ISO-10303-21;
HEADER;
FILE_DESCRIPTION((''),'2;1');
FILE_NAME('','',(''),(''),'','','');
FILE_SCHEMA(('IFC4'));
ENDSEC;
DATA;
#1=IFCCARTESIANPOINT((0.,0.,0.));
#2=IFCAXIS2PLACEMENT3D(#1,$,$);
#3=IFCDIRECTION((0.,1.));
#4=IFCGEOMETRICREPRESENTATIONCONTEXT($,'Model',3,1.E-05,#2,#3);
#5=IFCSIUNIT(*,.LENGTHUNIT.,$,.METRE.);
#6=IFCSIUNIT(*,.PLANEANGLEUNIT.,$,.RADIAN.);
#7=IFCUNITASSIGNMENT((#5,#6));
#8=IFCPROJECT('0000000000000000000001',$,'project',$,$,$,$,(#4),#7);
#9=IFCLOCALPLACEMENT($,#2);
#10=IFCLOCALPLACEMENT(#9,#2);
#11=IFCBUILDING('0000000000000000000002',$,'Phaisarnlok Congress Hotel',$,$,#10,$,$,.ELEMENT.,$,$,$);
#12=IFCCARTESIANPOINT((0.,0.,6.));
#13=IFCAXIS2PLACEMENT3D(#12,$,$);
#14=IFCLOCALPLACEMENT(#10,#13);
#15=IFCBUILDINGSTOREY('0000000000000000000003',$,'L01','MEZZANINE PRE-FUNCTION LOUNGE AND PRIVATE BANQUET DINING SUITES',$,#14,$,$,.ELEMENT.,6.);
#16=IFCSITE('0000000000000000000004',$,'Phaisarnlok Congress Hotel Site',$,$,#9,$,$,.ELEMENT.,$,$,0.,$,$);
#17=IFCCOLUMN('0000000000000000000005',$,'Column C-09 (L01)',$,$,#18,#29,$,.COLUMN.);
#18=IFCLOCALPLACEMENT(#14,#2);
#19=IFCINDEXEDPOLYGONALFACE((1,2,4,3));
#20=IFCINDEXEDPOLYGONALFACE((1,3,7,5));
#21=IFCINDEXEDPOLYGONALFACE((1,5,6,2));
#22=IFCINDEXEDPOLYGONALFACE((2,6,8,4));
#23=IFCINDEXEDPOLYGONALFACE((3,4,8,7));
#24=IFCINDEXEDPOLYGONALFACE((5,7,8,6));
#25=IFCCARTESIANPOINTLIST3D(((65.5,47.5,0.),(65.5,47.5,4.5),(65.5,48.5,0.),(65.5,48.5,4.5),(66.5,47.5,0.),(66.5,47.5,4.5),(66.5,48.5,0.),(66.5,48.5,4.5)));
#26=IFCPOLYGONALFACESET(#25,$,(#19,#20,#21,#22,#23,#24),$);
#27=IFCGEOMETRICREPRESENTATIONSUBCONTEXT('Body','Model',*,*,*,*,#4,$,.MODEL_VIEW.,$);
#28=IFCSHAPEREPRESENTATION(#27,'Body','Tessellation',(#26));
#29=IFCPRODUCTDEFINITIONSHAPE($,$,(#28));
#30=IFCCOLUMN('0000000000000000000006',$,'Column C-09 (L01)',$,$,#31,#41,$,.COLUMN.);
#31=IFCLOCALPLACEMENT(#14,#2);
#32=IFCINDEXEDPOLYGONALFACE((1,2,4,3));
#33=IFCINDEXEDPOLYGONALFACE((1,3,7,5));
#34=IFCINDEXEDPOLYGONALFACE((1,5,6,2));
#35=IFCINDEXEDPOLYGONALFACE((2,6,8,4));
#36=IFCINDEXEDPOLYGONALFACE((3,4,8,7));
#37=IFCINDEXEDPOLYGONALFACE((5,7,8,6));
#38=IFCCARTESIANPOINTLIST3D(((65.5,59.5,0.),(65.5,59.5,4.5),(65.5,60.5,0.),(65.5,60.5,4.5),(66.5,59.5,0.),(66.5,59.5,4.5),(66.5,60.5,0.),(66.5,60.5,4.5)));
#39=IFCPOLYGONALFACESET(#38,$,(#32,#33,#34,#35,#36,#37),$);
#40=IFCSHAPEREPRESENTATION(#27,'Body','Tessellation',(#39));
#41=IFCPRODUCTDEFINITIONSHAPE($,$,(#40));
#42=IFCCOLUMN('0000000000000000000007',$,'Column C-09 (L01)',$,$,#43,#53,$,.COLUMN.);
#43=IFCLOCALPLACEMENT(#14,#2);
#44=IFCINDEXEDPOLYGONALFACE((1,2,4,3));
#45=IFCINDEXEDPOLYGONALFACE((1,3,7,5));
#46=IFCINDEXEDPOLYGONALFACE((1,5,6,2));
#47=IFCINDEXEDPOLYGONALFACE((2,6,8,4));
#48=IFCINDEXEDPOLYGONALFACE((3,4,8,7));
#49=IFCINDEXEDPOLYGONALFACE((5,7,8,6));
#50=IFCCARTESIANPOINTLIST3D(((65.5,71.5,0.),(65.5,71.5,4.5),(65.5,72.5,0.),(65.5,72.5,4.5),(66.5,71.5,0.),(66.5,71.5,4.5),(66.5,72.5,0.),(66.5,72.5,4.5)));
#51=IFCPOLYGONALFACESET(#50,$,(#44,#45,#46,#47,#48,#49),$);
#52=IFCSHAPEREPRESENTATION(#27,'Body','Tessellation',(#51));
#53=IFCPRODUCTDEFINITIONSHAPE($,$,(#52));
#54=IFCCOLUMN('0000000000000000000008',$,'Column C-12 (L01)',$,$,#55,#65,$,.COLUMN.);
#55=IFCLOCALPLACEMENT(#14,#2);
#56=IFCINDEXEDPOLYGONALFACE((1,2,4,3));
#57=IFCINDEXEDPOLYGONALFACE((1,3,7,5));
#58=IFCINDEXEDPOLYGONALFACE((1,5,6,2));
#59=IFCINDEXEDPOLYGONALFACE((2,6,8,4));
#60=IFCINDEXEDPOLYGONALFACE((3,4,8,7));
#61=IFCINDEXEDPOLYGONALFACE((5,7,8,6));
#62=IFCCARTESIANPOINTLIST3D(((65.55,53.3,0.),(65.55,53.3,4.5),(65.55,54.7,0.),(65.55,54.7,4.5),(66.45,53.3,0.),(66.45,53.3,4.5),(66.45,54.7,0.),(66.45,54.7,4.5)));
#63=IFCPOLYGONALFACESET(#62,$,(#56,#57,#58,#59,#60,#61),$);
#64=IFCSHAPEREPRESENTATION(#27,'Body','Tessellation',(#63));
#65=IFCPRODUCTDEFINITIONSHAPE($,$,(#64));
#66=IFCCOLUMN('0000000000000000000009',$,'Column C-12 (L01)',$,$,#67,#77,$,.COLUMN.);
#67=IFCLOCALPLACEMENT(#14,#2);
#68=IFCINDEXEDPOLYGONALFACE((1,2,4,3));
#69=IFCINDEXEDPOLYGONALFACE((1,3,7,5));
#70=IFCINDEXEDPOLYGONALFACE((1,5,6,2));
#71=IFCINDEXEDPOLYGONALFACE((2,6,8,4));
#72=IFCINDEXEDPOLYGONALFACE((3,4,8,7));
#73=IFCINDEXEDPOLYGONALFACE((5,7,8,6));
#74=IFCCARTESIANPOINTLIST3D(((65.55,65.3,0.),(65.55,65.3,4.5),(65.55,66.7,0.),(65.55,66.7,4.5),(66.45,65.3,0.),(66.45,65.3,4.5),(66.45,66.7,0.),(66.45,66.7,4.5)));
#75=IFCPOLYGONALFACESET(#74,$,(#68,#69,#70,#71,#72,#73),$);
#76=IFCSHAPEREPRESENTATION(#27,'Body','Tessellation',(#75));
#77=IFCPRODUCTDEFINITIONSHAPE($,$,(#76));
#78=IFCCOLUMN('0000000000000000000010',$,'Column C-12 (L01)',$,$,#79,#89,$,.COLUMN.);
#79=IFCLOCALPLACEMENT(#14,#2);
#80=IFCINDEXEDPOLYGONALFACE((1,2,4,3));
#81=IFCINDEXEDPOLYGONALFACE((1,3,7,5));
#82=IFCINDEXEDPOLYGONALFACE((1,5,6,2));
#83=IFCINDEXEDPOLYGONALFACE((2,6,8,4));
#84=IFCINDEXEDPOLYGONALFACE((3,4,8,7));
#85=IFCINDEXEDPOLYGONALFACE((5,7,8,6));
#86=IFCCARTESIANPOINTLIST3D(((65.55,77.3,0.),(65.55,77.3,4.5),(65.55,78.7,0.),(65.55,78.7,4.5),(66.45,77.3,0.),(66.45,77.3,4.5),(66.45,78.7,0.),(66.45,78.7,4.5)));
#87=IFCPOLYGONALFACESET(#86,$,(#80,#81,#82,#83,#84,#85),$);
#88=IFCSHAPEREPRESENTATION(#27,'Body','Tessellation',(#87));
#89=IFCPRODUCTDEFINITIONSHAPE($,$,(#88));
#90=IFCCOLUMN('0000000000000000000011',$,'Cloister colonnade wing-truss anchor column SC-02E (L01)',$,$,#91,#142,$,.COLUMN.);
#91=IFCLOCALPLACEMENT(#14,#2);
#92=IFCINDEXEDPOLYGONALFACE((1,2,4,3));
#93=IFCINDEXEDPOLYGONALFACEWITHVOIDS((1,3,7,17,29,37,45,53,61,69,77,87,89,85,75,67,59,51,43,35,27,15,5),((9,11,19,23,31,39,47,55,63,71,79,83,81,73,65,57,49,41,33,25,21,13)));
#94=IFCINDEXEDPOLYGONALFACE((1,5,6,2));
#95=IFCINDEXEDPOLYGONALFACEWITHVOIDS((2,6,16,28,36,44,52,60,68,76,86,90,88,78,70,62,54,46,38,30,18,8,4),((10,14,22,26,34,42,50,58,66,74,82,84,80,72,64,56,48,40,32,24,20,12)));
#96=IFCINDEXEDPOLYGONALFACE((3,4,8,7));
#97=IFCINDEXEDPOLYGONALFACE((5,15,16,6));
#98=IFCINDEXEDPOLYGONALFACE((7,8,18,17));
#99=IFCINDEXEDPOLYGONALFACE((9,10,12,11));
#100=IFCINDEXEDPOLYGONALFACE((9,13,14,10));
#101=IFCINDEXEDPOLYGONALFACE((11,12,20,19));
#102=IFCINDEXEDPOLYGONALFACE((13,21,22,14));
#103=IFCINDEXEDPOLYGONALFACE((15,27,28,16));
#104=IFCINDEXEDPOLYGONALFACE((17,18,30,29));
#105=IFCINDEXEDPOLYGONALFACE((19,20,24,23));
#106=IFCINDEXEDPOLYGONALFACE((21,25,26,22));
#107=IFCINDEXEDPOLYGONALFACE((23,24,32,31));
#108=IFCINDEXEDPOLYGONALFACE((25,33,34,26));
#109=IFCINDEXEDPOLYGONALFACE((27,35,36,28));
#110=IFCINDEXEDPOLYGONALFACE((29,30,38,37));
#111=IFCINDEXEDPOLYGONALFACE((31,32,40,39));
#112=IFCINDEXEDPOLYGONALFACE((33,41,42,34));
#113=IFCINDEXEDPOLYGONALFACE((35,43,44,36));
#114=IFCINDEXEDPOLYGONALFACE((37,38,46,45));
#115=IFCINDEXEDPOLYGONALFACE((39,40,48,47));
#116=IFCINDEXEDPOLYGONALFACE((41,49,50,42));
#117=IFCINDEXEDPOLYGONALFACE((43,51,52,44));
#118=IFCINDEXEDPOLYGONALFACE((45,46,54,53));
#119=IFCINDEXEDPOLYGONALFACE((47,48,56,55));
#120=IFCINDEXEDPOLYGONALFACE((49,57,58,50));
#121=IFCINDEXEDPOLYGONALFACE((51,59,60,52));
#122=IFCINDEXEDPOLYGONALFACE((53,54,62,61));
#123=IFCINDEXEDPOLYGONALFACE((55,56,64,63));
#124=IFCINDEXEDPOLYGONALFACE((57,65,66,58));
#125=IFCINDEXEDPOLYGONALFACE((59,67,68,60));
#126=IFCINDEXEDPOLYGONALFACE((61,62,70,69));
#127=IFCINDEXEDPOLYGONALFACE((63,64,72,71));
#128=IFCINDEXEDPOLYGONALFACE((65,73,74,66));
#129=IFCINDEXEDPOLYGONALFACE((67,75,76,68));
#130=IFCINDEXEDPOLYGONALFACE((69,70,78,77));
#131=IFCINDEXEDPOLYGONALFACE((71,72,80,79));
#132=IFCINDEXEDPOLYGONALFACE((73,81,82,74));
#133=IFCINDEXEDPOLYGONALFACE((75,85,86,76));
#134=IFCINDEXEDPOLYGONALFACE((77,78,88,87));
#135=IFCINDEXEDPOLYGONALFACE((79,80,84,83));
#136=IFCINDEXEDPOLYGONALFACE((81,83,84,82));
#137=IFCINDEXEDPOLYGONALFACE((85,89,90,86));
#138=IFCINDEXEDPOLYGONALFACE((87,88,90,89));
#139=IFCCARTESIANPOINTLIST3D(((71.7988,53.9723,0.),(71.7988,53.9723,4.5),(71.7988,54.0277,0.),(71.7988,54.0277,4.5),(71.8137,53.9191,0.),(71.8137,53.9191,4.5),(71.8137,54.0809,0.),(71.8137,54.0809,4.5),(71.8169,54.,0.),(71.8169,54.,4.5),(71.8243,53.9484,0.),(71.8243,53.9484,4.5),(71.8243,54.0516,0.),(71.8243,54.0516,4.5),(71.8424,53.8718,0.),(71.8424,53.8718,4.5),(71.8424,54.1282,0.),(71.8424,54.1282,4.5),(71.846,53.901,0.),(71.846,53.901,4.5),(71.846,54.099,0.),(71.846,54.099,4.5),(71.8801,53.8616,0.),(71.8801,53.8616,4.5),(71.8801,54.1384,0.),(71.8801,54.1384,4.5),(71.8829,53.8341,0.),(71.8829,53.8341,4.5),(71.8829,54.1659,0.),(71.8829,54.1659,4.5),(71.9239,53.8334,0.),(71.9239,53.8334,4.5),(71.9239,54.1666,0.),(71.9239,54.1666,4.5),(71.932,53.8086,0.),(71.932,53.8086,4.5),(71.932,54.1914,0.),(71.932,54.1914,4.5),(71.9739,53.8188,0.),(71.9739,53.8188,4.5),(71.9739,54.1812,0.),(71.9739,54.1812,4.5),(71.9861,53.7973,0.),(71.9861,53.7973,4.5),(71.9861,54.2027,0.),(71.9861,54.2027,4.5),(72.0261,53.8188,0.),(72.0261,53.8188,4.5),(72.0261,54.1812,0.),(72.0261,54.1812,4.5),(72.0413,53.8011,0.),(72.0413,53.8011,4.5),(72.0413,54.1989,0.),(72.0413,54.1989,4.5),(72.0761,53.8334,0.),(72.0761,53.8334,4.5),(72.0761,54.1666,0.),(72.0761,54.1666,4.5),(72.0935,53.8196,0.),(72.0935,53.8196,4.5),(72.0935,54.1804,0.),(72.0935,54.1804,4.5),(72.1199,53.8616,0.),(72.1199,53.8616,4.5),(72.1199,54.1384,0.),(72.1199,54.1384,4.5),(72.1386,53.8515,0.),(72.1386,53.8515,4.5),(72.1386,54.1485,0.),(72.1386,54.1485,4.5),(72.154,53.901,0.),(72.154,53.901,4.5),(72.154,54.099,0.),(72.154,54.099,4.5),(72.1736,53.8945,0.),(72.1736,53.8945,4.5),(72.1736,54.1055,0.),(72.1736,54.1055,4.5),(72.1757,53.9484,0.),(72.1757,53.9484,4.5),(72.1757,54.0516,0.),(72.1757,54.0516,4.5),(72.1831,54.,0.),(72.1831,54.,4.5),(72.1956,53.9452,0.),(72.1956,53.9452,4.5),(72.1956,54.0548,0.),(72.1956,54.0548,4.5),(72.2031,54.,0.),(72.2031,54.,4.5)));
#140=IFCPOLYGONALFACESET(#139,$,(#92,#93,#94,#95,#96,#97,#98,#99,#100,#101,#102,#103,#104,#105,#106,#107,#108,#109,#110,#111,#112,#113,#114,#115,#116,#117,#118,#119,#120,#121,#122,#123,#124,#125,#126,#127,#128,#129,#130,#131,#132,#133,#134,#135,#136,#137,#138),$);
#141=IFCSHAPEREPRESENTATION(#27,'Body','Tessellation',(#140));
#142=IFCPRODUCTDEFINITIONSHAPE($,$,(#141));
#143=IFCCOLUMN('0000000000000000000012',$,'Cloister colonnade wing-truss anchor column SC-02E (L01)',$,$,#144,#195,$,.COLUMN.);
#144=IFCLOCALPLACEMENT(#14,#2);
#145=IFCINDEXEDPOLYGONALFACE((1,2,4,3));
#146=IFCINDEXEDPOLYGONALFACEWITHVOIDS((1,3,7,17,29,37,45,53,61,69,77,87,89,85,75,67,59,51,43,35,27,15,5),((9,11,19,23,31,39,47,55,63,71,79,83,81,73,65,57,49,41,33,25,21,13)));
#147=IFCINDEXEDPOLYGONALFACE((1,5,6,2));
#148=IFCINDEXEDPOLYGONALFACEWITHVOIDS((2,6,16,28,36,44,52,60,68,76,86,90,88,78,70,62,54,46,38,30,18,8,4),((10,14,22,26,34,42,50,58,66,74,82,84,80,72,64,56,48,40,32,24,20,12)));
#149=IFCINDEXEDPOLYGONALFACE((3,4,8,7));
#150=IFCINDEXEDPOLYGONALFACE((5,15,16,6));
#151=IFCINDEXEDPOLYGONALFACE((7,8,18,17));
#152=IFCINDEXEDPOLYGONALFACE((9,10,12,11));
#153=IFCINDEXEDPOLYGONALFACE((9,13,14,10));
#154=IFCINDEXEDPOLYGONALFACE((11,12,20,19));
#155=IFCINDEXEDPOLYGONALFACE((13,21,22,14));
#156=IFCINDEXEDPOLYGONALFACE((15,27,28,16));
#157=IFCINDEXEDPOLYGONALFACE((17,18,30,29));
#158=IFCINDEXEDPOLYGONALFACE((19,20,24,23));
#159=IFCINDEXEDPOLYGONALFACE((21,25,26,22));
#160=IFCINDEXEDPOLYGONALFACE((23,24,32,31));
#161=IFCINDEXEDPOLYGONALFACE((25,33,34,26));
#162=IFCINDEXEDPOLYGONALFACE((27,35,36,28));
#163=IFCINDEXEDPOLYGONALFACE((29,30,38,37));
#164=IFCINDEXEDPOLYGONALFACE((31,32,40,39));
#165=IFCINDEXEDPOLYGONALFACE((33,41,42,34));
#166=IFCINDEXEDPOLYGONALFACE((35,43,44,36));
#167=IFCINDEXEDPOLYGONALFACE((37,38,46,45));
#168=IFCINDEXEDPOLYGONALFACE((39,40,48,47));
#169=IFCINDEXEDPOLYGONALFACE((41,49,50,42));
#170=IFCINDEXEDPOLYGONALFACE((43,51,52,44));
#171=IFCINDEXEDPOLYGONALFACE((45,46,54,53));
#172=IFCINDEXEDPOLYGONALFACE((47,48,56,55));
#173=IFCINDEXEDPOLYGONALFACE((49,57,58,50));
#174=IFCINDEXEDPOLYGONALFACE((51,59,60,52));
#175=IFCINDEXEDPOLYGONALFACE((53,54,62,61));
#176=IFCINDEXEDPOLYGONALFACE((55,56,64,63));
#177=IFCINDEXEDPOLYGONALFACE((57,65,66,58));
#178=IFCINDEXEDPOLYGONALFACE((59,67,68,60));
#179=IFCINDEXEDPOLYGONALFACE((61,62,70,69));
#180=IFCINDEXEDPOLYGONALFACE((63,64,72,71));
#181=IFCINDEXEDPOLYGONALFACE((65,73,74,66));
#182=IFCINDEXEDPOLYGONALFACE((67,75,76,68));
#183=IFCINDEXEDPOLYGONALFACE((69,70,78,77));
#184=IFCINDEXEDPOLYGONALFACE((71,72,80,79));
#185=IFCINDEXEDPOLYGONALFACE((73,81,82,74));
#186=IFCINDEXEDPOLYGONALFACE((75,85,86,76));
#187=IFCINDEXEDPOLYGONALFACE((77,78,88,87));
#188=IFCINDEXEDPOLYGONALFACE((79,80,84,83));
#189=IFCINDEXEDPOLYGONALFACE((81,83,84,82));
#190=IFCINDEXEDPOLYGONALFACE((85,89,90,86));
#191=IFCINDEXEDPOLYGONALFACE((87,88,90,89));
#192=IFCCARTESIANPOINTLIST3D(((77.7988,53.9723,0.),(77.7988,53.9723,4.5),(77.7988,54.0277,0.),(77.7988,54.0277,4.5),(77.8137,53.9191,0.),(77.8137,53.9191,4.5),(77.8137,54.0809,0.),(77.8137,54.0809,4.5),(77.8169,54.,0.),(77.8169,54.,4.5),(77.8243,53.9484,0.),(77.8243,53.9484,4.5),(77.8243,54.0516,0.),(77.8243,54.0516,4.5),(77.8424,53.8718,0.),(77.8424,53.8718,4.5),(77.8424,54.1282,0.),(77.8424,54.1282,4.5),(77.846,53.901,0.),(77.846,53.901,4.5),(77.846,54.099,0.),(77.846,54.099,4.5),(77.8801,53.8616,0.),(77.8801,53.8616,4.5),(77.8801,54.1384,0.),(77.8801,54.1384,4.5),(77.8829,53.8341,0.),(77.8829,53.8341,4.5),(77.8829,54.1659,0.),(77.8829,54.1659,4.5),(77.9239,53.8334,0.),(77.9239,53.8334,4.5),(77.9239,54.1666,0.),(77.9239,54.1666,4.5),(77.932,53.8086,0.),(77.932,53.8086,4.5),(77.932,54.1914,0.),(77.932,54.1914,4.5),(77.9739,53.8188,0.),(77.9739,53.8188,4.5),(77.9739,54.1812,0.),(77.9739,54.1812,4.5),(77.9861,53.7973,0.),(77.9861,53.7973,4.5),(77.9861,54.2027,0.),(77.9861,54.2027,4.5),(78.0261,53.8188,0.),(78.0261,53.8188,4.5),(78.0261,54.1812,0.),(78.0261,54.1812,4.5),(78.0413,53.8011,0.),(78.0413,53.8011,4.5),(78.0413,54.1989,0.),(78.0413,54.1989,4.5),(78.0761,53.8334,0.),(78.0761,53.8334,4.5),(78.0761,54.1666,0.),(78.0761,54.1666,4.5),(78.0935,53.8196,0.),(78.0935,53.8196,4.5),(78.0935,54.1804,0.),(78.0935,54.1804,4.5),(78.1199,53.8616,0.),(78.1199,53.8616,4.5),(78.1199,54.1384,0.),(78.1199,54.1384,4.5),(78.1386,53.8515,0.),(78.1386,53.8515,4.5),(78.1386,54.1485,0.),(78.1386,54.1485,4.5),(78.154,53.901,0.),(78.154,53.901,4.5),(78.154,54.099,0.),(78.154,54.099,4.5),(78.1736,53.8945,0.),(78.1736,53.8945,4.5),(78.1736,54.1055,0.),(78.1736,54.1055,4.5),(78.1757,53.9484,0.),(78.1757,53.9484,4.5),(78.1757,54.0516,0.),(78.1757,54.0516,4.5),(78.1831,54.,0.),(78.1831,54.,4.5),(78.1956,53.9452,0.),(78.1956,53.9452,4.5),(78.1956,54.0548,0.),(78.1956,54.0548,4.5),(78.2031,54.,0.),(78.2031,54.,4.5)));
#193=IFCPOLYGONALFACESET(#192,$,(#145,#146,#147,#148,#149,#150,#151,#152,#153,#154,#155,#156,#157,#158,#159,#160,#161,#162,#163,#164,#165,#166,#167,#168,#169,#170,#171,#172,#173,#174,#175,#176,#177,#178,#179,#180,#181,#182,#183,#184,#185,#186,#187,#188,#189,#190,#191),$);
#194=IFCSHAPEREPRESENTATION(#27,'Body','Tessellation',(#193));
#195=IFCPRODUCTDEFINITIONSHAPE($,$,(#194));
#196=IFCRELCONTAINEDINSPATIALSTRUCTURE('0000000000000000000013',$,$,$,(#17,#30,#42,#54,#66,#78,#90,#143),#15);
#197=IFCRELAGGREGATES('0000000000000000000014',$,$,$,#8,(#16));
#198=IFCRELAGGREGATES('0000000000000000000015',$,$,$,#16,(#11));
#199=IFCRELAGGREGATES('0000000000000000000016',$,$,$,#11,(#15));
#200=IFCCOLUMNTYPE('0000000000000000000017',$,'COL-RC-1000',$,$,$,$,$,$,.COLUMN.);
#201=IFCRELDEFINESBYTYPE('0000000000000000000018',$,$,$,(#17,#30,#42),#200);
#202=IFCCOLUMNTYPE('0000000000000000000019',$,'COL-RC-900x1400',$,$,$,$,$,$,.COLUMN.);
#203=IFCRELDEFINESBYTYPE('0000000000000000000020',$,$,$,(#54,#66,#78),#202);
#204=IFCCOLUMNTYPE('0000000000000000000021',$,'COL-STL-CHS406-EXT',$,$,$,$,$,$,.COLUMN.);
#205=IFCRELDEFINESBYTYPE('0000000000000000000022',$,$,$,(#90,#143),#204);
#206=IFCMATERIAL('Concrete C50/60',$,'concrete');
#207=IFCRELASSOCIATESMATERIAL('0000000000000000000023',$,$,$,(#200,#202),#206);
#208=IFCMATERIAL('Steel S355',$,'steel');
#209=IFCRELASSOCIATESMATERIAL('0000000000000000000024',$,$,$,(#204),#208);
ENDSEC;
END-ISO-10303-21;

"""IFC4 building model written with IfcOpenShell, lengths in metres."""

from ifc_helpers import new_model, si_unit, direction, frame, origin, origin_2d, place, context, subcontext, project, spatial, rectangle, hollow_circle, extrude, material, material_profile, profile_set, type_object, element, save


model = new_model("IFC4")

# Units and contexts
model_context = context("Model", 3, precision=1e-05, world=origin(), true_north=direction((0.0, 1.0)))
body_context = subcontext(model_context, "Body", "Model", "MODEL_VIEW")
ifc_project = project(units=[si_unit("LENGTHUNIT", "METRE"), si_unit("PLANEANGLEUNIT", "RADIAN")], contexts=[model_context])

# Site, building, storey
site_placement = place(None, origin())
site = spatial("IfcSite", under=ifc_project, at=site_placement, Name="Phaisarnlok Congress Hotel Site", CompositionType="ELEMENT", RefElevation=0.0)
building_placement = place(site_placement, origin())
building = spatial("IfcBuilding", under=site, at=building_placement, Name="Phaisarnlok Congress Hotel", CompositionType="ELEMENT")
storey_placement = place(building_placement, frame((0.0, 0.0, 6.0)))
storey = spatial("IfcBuildingStorey", under=building, at=storey_placement, Name="L01", Description="MEZZANINE PRE-FUNCTION LOUNGE AND PRIVATE BANQUET DINING SUITES", CompositionType="ELEMENT", Elevation=6.0)

# Columns
ifc_material_1 = material(Name="Concrete C50/60", Category="concrete")
ifc_material_profile_1 = material_profile(ifc_material_1, rectangle(XDim=1.0, YDim=1.0, at=origin_2d()), Name="RC 1000x1000")
ifc_profile_set_1 = profile_set([ifc_material_profile_1], Name="Concrete C50/60")
column_type_1 = type_object("IfcColumnType", Name="COL-RC-1000", PredefinedType="COLUMN", material=ifc_profile_set_1)
for number, where, z_axis, x_axis, name in (
    (1, (66.0, 48.0, 0.0), (0.0, 0.0, 1.0), (1.0, 0.0, 0.0), "Column C-09 (L01)"),
    (2, (66.0, 60.0, 0.0), (0.0, 0.0, 1.0), (1.0, 0.0, 0.0), "Column C-09 (L01)"),
    (3, (66.0, 72.0, 0.0), (0.0, 0.0, 1.0), (1.0, 0.0, 0.0), "Column C-09 (L01)"),
):
    element("IfcColumn", number, at=place(storey_placement, frame(where, z_axis=z_axis, x_axis=x_axis)), inside=storey, type_object=column_type_1, Name=name, PredefinedType="COLUMN", context=body_context, shape_type="SweptSolid", body=[
        extrude(rectangle(XDim=1.0, YDim=1.0, at=origin_2d()), origin(), (0.0, 0.0, 1.0), 4.5),
    ])
ifc_material_profile_2 = material_profile(ifc_material_1, rectangle(XDim=0.8999, YDim=1.3999, at=origin_2d()), Name="RC 900x1400")
ifc_profile_set_2 = profile_set([ifc_material_profile_2], Name="Concrete C50/60")
column_type_2 = type_object("IfcColumnType", Name="COL-RC-900x1400", PredefinedType="COLUMN", material=ifc_profile_set_2)
for number, where, z_axis, x_axis, name in (
    (4, (66.0, 54.0, 0.0), (0.0, 0.0, 1.0), (1.0, 0.0, 0.0), "Column C-12 (L01)"),
    (5, (66.0, 66.0, 0.0), (0.0, 0.0, 1.0), (1.0, 0.0, 0.0), "Column C-12 (L01)"),
    (6, (66.0, 78.0, 0.0), (0.0, 0.0, 1.0), (1.0, 0.0, 0.0), "Column C-12 (L01)"),
):
    element("IfcColumn", number, at=place(storey_placement, frame(where, z_axis=z_axis, x_axis=x_axis)), inside=storey, type_object=column_type_2, Name=name, PredefinedType="COLUMN", context=body_context, shape_type="SweptSolid", body=[
        extrude(rectangle(XDim=0.8999, YDim=1.3999, at=origin_2d()), origin(), (0.0, 0.0, 1.0), 4.5),
    ])
ifc_material_2 = material(Name="Steel S355", Category="steel")
ifc_material_profile_3 = material_profile(ifc_material_2, hollow_circle(Radius=0.2031, WallThickness=0.02, at=origin_2d()), Name="CHS 406.4x20")
ifc_profile_set_3 = profile_set([ifc_material_profile_3], Name="Steel S355")
column_type_3 = type_object("IfcColumnType", Name="COL-STL-CHS406-EXT", PredefinedType="COLUMN", material=ifc_profile_set_3)
for number, where, z_axis, x_axis, name in (
    (7, (72.0, 54.0, 0.0), (0.0, 0.0, 1.0), (1.0, 0.0, 0.0), "Cloister colonnade wing-truss anchor column SC-02E (L01)"),
    (8, (78.0, 54.0, 0.0), (0.0, 0.0, 1.0), (1.0, 0.0, 0.0), "Cloister colonnade wing-truss anchor column SC-02E (L01)"),
):
    element("IfcColumn", number, at=place(storey_placement, frame(where, z_axis=z_axis, x_axis=x_axis)), inside=storey, type_object=column_type_3, Name=name, PredefinedType="COLUMN", context=body_context, shape_type="SweptSolid", body=[
        extrude(hollow_circle(Radius=0.2031, WallThickness=0.02, at=origin_2d()), origin(), (0.0, 0.0, 1.0), 4.5),
    ])

save(model, "model.ifc")
